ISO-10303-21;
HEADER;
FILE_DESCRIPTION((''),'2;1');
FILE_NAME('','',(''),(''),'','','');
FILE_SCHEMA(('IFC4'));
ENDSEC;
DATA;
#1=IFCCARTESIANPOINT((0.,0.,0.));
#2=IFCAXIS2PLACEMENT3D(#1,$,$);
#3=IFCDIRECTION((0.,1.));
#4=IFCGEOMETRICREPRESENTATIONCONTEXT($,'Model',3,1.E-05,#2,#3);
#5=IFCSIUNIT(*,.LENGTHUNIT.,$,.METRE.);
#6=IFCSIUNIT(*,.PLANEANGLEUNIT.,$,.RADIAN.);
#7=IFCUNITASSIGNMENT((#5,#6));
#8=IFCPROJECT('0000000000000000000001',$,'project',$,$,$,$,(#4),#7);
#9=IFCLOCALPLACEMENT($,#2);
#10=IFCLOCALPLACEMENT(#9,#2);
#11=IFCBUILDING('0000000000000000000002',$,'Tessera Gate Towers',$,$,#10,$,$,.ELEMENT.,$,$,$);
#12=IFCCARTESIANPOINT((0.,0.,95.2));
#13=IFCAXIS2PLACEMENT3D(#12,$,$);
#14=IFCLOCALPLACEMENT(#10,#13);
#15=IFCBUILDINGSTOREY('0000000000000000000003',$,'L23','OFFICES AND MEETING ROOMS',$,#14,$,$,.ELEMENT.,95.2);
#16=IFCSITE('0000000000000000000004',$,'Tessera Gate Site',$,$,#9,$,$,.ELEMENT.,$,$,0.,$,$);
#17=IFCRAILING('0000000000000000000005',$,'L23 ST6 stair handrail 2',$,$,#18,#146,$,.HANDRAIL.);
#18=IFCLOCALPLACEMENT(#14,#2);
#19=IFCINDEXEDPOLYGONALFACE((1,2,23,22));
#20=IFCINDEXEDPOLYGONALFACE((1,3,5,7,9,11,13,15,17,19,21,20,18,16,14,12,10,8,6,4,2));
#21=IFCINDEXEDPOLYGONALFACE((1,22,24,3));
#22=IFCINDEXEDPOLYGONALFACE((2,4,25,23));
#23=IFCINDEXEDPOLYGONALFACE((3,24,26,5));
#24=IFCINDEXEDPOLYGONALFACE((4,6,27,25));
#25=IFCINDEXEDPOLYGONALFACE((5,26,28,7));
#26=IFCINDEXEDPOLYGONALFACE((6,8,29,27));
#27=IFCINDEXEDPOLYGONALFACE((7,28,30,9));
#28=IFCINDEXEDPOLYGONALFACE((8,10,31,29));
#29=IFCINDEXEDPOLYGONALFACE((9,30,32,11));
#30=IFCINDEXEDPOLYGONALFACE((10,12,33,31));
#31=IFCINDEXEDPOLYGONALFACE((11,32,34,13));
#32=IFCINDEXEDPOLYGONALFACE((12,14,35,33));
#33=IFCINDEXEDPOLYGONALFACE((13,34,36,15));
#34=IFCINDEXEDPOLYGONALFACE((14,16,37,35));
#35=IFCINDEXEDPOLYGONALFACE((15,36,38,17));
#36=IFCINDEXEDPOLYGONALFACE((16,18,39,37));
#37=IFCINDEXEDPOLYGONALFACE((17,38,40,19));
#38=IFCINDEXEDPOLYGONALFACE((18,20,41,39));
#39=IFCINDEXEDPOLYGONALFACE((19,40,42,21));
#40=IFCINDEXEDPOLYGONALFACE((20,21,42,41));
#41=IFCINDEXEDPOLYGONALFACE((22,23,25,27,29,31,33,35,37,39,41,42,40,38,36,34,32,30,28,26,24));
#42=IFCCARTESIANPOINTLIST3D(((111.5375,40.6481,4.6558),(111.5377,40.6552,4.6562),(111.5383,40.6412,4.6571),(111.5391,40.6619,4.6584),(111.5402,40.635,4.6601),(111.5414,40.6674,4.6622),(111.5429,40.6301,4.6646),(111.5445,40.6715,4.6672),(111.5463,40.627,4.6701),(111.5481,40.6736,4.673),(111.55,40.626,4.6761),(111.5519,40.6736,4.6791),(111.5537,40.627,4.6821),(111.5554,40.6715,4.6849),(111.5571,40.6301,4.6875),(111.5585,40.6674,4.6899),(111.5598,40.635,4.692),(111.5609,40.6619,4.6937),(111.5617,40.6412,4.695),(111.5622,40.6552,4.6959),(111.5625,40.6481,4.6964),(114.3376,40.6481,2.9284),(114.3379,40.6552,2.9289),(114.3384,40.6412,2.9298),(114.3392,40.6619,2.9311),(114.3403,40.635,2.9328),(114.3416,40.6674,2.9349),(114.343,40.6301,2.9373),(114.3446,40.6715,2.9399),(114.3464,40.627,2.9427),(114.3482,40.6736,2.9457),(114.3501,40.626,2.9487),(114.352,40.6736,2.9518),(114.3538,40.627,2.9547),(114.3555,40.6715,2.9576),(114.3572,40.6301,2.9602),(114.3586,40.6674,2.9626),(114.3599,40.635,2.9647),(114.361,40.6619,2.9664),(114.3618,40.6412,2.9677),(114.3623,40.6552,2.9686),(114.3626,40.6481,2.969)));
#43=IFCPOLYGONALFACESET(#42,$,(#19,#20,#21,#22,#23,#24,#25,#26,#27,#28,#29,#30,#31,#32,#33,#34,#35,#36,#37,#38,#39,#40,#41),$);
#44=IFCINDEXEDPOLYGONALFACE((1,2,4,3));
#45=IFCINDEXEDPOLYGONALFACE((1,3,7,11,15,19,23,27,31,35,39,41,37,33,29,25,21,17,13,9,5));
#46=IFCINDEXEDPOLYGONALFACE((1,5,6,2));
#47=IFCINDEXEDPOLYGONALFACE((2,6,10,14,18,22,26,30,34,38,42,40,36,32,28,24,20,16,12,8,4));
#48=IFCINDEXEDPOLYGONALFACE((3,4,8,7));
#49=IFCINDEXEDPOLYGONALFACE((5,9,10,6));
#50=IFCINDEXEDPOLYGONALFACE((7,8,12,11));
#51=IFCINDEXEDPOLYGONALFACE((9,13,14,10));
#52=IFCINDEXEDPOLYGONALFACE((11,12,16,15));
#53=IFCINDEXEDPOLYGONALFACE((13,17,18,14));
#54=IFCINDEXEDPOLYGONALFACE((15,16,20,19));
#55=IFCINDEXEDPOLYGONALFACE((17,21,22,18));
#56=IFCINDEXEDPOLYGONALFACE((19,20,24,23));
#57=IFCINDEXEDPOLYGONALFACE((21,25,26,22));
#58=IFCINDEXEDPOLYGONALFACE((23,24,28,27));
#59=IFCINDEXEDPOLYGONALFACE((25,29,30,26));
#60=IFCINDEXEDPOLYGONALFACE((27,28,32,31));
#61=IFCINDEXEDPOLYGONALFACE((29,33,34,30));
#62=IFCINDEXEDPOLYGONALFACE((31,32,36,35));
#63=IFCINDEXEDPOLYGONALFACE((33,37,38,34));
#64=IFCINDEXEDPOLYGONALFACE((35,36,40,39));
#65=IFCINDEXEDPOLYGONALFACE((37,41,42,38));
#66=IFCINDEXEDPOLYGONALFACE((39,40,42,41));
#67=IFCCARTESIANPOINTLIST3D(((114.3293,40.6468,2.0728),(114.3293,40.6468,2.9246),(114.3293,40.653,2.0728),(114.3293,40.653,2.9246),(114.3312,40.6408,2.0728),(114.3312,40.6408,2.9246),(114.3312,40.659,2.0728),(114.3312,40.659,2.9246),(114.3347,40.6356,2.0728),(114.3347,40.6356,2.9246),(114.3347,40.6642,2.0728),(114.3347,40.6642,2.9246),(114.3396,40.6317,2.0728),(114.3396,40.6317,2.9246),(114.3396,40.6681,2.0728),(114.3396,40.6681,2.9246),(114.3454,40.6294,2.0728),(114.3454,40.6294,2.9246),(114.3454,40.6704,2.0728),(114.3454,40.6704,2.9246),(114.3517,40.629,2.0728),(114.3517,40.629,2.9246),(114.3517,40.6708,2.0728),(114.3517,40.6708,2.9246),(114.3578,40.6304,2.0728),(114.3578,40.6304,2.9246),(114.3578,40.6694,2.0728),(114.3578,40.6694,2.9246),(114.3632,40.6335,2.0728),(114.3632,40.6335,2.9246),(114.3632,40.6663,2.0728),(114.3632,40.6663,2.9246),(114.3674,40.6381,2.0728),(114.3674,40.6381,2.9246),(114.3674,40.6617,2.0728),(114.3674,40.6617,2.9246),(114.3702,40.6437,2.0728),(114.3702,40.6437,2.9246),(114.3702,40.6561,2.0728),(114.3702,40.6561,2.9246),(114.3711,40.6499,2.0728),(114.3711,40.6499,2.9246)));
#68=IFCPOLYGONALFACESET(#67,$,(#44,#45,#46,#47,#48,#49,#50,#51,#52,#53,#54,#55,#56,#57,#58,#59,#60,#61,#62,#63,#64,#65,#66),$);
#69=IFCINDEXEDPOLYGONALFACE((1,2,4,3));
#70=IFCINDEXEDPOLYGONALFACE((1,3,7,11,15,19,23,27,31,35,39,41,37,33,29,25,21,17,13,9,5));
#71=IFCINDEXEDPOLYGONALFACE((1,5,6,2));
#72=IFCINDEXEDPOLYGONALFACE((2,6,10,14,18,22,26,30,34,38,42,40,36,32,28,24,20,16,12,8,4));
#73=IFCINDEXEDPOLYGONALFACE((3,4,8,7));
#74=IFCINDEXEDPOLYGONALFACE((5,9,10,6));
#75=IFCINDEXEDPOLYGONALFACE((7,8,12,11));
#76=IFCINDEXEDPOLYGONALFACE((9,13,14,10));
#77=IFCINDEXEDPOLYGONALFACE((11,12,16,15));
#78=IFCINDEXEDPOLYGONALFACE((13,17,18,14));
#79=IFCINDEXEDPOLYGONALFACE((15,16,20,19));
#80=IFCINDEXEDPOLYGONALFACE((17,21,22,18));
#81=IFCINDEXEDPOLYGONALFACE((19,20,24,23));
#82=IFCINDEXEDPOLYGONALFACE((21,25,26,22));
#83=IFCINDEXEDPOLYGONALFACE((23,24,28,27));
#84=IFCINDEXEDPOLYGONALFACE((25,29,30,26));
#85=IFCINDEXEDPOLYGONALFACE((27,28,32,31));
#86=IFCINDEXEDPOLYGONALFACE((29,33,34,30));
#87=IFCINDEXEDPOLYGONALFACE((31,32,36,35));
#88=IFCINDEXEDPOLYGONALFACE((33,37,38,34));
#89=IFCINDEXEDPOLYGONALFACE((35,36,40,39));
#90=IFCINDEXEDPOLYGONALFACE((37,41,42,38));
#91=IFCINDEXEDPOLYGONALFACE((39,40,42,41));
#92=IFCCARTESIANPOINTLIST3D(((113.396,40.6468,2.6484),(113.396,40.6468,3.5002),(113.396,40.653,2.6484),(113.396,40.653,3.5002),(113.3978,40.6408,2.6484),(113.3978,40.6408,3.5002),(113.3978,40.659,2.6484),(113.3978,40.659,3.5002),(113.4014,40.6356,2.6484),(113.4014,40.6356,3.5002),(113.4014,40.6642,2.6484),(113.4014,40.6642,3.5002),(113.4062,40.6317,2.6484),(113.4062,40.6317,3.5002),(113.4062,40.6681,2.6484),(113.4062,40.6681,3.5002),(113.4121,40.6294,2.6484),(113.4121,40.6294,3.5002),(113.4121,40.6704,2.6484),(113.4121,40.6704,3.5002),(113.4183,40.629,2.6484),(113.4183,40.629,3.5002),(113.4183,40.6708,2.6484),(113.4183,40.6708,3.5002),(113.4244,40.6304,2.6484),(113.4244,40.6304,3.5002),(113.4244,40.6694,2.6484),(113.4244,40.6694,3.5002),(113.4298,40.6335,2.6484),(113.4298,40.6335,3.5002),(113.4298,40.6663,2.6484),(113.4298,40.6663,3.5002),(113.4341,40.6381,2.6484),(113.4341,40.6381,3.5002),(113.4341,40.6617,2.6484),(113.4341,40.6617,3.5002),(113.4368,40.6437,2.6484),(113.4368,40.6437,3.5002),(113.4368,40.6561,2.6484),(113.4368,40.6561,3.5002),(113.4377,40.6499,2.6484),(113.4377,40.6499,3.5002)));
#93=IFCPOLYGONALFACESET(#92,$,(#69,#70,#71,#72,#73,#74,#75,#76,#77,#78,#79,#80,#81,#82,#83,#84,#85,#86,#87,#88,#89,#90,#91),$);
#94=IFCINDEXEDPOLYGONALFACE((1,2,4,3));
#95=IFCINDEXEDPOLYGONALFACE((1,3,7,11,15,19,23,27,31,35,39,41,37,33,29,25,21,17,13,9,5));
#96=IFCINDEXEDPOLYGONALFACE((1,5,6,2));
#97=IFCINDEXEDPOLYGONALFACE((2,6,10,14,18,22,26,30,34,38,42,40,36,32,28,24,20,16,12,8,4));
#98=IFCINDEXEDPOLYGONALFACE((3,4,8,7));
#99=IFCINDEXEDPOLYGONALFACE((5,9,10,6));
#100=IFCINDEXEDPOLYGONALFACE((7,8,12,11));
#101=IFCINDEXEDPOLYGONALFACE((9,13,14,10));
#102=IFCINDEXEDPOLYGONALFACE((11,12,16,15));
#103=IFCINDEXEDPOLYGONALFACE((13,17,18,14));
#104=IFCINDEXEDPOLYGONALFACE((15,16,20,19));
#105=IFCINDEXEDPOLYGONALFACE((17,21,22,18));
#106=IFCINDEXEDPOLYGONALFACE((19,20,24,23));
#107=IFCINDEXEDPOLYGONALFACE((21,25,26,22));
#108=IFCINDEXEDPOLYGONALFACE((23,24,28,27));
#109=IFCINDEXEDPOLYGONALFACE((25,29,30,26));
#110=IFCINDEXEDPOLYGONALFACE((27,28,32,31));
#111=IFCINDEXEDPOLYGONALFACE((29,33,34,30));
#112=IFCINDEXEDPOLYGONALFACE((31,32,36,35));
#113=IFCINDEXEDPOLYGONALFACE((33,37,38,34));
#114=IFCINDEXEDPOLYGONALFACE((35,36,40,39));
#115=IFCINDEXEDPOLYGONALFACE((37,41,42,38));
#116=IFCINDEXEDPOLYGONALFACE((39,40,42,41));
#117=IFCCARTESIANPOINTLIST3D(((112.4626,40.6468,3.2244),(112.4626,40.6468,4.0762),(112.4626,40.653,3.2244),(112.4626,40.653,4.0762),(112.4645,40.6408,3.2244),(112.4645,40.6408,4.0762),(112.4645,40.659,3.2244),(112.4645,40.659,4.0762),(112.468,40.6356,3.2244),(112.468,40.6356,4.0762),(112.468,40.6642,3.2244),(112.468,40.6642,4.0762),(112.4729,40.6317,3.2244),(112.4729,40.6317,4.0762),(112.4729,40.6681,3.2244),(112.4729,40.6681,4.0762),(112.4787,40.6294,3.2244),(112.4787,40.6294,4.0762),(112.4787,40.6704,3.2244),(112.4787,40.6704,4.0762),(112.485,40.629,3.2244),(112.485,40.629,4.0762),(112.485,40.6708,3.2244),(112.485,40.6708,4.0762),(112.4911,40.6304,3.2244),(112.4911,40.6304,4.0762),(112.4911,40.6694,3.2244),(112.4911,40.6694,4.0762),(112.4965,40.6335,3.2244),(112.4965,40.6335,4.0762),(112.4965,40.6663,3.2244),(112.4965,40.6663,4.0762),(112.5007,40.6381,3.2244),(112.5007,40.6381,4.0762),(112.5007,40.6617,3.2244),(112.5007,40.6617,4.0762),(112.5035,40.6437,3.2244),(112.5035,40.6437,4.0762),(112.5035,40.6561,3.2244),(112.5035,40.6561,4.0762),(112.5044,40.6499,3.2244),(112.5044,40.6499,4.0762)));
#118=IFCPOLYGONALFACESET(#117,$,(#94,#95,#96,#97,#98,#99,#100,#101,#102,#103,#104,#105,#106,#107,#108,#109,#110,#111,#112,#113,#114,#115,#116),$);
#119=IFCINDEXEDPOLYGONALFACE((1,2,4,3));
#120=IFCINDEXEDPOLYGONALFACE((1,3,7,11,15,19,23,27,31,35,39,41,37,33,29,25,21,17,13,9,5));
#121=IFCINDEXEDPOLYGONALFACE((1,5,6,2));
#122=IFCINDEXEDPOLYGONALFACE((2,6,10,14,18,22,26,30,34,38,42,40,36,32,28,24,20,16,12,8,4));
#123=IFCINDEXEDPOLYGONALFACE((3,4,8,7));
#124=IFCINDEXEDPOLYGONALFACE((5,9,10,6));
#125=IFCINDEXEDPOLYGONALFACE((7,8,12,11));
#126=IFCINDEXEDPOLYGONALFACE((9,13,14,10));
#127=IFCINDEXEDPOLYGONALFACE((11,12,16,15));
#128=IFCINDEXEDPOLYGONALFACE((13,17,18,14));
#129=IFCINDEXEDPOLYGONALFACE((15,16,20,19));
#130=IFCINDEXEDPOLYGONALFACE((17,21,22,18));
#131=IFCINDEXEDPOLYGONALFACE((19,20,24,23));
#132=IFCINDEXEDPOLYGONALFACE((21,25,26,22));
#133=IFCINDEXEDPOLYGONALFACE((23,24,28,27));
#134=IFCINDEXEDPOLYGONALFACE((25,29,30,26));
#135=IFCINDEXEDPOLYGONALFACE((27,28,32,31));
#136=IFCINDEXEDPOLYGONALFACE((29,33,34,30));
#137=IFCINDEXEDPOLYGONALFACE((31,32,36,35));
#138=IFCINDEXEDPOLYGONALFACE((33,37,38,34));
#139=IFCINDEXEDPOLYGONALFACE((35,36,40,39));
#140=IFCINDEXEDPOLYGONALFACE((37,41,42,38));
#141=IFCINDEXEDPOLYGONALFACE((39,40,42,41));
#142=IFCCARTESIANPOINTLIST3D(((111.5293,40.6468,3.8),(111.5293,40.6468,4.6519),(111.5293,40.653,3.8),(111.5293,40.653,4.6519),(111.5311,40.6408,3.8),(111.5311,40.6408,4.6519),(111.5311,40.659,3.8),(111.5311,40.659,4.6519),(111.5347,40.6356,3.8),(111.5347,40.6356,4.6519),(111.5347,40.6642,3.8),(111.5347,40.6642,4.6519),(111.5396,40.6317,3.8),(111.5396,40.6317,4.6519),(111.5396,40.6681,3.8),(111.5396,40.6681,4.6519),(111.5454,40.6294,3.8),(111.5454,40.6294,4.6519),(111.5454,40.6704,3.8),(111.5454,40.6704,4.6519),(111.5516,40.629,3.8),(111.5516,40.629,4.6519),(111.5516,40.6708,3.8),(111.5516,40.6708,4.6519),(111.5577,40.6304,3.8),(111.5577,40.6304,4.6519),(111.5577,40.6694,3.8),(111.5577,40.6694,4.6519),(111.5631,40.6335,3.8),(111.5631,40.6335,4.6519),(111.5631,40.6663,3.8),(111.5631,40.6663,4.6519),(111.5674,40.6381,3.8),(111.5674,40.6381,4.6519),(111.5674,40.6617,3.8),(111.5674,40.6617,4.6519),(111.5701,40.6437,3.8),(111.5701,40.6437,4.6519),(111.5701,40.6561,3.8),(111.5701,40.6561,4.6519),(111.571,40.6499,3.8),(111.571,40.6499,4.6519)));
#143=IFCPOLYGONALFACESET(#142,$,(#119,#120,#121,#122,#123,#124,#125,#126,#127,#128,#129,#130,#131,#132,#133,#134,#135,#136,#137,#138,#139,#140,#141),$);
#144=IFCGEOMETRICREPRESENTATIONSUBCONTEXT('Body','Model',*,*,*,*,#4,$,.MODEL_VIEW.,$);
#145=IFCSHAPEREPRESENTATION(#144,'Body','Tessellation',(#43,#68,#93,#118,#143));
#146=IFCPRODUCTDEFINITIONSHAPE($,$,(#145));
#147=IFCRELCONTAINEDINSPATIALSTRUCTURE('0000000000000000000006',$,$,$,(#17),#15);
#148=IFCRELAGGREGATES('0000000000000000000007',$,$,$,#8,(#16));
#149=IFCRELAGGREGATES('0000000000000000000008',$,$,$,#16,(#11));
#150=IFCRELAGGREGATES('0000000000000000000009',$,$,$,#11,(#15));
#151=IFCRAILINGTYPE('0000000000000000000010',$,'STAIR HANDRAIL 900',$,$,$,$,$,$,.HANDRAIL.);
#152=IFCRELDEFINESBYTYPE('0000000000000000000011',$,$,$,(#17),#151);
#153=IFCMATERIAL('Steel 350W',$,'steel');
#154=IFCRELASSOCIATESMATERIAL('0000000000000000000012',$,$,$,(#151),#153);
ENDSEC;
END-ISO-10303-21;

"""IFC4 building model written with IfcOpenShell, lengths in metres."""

from ifc_helpers import new_model, si_unit, direction, frame, origin, origin_2d, place, context, subcontext, project, spatial, circle, extrude, material, type_object, element, save


model = new_model("IFC4")

# Units and contexts
model_context = context("Model", 3, precision=1e-05, world=origin(), true_north=direction((0.0, 1.0)))
body_context = subcontext(model_context, "Body", "Model", "MODEL_VIEW")
ifc_project = project(units=[si_unit("LENGTHUNIT", "METRE"), si_unit("PLANEANGLEUNIT", "RADIAN")], contexts=[model_context])

# Site, building, storey
site_placement = place(None, origin())
site = spatial("IfcSite", under=ifc_project, at=site_placement, Name="Tessera Gate Site", CompositionType="ELEMENT", RefElevation=0.0)
building_placement = place(site_placement, origin())
building = spatial("IfcBuilding", under=site, at=building_placement, Name="Tessera Gate Towers", CompositionType="ELEMENT")
storey_placement = place(building_placement, frame((0.0, 0.0, 95.2)))
storey = spatial("IfcBuildingStorey", under=building, at=storey_placement, Name="L23", Description="OFFICES AND MEETING ROOMS", CompositionType="ELEMENT", Elevation=95.2)

# Railing
ifc_material_1 = material(Name="Steel 350W", Category="steel")
railing_type_1 = type_object("IfcRailingType", Name="STAIR HANDRAIL 900", PredefinedType="HANDRAIL", material=ifc_material_1)
railing_1_placement = place(storey_placement, frame((114.3501, 40.6499, 2.0728)))
element("IfcRailing", 1, at=railing_1_placement, inside=storey, type_object=railing_type_1, Name="L23 ST6 stair handrail 2", PredefinedType="HANDRAIL", context=body_context, shape_type="SweptSolid", body=[
    extrude(circle(Radius=0.0239, at=origin_2d()), frame((0.0, 0.0, 0.876), z_axis=(-0.85109, 0.0, 0.52502), x_axis=(0.0, -1.0, 0.0)), (0.0, 0.0, 1.0), 3.29),
    extrude(circle(Radius=0.021, at=origin_2d()), origin(), (0.0, 0.0, 1.0), 0.8518),
    extrude(circle(Radius=0.021, at=origin_2d()), frame((-0.9333, 0.0, 0.5757)), (0.0, 0.0, 1.0), 0.8518),
    extrude(circle(Radius=0.021, at=origin_2d()), frame((-1.8667, 0.0, 1.1516)), (0.0, 0.0, 1.0), 0.8518),
    extrude(circle(Radius=0.021, at=origin_2d()), frame((-2.8, 0.0, 1.7273)), (0.0, 0.0, 1.0), 0.8518),
])

save(model, "model.ifc")
